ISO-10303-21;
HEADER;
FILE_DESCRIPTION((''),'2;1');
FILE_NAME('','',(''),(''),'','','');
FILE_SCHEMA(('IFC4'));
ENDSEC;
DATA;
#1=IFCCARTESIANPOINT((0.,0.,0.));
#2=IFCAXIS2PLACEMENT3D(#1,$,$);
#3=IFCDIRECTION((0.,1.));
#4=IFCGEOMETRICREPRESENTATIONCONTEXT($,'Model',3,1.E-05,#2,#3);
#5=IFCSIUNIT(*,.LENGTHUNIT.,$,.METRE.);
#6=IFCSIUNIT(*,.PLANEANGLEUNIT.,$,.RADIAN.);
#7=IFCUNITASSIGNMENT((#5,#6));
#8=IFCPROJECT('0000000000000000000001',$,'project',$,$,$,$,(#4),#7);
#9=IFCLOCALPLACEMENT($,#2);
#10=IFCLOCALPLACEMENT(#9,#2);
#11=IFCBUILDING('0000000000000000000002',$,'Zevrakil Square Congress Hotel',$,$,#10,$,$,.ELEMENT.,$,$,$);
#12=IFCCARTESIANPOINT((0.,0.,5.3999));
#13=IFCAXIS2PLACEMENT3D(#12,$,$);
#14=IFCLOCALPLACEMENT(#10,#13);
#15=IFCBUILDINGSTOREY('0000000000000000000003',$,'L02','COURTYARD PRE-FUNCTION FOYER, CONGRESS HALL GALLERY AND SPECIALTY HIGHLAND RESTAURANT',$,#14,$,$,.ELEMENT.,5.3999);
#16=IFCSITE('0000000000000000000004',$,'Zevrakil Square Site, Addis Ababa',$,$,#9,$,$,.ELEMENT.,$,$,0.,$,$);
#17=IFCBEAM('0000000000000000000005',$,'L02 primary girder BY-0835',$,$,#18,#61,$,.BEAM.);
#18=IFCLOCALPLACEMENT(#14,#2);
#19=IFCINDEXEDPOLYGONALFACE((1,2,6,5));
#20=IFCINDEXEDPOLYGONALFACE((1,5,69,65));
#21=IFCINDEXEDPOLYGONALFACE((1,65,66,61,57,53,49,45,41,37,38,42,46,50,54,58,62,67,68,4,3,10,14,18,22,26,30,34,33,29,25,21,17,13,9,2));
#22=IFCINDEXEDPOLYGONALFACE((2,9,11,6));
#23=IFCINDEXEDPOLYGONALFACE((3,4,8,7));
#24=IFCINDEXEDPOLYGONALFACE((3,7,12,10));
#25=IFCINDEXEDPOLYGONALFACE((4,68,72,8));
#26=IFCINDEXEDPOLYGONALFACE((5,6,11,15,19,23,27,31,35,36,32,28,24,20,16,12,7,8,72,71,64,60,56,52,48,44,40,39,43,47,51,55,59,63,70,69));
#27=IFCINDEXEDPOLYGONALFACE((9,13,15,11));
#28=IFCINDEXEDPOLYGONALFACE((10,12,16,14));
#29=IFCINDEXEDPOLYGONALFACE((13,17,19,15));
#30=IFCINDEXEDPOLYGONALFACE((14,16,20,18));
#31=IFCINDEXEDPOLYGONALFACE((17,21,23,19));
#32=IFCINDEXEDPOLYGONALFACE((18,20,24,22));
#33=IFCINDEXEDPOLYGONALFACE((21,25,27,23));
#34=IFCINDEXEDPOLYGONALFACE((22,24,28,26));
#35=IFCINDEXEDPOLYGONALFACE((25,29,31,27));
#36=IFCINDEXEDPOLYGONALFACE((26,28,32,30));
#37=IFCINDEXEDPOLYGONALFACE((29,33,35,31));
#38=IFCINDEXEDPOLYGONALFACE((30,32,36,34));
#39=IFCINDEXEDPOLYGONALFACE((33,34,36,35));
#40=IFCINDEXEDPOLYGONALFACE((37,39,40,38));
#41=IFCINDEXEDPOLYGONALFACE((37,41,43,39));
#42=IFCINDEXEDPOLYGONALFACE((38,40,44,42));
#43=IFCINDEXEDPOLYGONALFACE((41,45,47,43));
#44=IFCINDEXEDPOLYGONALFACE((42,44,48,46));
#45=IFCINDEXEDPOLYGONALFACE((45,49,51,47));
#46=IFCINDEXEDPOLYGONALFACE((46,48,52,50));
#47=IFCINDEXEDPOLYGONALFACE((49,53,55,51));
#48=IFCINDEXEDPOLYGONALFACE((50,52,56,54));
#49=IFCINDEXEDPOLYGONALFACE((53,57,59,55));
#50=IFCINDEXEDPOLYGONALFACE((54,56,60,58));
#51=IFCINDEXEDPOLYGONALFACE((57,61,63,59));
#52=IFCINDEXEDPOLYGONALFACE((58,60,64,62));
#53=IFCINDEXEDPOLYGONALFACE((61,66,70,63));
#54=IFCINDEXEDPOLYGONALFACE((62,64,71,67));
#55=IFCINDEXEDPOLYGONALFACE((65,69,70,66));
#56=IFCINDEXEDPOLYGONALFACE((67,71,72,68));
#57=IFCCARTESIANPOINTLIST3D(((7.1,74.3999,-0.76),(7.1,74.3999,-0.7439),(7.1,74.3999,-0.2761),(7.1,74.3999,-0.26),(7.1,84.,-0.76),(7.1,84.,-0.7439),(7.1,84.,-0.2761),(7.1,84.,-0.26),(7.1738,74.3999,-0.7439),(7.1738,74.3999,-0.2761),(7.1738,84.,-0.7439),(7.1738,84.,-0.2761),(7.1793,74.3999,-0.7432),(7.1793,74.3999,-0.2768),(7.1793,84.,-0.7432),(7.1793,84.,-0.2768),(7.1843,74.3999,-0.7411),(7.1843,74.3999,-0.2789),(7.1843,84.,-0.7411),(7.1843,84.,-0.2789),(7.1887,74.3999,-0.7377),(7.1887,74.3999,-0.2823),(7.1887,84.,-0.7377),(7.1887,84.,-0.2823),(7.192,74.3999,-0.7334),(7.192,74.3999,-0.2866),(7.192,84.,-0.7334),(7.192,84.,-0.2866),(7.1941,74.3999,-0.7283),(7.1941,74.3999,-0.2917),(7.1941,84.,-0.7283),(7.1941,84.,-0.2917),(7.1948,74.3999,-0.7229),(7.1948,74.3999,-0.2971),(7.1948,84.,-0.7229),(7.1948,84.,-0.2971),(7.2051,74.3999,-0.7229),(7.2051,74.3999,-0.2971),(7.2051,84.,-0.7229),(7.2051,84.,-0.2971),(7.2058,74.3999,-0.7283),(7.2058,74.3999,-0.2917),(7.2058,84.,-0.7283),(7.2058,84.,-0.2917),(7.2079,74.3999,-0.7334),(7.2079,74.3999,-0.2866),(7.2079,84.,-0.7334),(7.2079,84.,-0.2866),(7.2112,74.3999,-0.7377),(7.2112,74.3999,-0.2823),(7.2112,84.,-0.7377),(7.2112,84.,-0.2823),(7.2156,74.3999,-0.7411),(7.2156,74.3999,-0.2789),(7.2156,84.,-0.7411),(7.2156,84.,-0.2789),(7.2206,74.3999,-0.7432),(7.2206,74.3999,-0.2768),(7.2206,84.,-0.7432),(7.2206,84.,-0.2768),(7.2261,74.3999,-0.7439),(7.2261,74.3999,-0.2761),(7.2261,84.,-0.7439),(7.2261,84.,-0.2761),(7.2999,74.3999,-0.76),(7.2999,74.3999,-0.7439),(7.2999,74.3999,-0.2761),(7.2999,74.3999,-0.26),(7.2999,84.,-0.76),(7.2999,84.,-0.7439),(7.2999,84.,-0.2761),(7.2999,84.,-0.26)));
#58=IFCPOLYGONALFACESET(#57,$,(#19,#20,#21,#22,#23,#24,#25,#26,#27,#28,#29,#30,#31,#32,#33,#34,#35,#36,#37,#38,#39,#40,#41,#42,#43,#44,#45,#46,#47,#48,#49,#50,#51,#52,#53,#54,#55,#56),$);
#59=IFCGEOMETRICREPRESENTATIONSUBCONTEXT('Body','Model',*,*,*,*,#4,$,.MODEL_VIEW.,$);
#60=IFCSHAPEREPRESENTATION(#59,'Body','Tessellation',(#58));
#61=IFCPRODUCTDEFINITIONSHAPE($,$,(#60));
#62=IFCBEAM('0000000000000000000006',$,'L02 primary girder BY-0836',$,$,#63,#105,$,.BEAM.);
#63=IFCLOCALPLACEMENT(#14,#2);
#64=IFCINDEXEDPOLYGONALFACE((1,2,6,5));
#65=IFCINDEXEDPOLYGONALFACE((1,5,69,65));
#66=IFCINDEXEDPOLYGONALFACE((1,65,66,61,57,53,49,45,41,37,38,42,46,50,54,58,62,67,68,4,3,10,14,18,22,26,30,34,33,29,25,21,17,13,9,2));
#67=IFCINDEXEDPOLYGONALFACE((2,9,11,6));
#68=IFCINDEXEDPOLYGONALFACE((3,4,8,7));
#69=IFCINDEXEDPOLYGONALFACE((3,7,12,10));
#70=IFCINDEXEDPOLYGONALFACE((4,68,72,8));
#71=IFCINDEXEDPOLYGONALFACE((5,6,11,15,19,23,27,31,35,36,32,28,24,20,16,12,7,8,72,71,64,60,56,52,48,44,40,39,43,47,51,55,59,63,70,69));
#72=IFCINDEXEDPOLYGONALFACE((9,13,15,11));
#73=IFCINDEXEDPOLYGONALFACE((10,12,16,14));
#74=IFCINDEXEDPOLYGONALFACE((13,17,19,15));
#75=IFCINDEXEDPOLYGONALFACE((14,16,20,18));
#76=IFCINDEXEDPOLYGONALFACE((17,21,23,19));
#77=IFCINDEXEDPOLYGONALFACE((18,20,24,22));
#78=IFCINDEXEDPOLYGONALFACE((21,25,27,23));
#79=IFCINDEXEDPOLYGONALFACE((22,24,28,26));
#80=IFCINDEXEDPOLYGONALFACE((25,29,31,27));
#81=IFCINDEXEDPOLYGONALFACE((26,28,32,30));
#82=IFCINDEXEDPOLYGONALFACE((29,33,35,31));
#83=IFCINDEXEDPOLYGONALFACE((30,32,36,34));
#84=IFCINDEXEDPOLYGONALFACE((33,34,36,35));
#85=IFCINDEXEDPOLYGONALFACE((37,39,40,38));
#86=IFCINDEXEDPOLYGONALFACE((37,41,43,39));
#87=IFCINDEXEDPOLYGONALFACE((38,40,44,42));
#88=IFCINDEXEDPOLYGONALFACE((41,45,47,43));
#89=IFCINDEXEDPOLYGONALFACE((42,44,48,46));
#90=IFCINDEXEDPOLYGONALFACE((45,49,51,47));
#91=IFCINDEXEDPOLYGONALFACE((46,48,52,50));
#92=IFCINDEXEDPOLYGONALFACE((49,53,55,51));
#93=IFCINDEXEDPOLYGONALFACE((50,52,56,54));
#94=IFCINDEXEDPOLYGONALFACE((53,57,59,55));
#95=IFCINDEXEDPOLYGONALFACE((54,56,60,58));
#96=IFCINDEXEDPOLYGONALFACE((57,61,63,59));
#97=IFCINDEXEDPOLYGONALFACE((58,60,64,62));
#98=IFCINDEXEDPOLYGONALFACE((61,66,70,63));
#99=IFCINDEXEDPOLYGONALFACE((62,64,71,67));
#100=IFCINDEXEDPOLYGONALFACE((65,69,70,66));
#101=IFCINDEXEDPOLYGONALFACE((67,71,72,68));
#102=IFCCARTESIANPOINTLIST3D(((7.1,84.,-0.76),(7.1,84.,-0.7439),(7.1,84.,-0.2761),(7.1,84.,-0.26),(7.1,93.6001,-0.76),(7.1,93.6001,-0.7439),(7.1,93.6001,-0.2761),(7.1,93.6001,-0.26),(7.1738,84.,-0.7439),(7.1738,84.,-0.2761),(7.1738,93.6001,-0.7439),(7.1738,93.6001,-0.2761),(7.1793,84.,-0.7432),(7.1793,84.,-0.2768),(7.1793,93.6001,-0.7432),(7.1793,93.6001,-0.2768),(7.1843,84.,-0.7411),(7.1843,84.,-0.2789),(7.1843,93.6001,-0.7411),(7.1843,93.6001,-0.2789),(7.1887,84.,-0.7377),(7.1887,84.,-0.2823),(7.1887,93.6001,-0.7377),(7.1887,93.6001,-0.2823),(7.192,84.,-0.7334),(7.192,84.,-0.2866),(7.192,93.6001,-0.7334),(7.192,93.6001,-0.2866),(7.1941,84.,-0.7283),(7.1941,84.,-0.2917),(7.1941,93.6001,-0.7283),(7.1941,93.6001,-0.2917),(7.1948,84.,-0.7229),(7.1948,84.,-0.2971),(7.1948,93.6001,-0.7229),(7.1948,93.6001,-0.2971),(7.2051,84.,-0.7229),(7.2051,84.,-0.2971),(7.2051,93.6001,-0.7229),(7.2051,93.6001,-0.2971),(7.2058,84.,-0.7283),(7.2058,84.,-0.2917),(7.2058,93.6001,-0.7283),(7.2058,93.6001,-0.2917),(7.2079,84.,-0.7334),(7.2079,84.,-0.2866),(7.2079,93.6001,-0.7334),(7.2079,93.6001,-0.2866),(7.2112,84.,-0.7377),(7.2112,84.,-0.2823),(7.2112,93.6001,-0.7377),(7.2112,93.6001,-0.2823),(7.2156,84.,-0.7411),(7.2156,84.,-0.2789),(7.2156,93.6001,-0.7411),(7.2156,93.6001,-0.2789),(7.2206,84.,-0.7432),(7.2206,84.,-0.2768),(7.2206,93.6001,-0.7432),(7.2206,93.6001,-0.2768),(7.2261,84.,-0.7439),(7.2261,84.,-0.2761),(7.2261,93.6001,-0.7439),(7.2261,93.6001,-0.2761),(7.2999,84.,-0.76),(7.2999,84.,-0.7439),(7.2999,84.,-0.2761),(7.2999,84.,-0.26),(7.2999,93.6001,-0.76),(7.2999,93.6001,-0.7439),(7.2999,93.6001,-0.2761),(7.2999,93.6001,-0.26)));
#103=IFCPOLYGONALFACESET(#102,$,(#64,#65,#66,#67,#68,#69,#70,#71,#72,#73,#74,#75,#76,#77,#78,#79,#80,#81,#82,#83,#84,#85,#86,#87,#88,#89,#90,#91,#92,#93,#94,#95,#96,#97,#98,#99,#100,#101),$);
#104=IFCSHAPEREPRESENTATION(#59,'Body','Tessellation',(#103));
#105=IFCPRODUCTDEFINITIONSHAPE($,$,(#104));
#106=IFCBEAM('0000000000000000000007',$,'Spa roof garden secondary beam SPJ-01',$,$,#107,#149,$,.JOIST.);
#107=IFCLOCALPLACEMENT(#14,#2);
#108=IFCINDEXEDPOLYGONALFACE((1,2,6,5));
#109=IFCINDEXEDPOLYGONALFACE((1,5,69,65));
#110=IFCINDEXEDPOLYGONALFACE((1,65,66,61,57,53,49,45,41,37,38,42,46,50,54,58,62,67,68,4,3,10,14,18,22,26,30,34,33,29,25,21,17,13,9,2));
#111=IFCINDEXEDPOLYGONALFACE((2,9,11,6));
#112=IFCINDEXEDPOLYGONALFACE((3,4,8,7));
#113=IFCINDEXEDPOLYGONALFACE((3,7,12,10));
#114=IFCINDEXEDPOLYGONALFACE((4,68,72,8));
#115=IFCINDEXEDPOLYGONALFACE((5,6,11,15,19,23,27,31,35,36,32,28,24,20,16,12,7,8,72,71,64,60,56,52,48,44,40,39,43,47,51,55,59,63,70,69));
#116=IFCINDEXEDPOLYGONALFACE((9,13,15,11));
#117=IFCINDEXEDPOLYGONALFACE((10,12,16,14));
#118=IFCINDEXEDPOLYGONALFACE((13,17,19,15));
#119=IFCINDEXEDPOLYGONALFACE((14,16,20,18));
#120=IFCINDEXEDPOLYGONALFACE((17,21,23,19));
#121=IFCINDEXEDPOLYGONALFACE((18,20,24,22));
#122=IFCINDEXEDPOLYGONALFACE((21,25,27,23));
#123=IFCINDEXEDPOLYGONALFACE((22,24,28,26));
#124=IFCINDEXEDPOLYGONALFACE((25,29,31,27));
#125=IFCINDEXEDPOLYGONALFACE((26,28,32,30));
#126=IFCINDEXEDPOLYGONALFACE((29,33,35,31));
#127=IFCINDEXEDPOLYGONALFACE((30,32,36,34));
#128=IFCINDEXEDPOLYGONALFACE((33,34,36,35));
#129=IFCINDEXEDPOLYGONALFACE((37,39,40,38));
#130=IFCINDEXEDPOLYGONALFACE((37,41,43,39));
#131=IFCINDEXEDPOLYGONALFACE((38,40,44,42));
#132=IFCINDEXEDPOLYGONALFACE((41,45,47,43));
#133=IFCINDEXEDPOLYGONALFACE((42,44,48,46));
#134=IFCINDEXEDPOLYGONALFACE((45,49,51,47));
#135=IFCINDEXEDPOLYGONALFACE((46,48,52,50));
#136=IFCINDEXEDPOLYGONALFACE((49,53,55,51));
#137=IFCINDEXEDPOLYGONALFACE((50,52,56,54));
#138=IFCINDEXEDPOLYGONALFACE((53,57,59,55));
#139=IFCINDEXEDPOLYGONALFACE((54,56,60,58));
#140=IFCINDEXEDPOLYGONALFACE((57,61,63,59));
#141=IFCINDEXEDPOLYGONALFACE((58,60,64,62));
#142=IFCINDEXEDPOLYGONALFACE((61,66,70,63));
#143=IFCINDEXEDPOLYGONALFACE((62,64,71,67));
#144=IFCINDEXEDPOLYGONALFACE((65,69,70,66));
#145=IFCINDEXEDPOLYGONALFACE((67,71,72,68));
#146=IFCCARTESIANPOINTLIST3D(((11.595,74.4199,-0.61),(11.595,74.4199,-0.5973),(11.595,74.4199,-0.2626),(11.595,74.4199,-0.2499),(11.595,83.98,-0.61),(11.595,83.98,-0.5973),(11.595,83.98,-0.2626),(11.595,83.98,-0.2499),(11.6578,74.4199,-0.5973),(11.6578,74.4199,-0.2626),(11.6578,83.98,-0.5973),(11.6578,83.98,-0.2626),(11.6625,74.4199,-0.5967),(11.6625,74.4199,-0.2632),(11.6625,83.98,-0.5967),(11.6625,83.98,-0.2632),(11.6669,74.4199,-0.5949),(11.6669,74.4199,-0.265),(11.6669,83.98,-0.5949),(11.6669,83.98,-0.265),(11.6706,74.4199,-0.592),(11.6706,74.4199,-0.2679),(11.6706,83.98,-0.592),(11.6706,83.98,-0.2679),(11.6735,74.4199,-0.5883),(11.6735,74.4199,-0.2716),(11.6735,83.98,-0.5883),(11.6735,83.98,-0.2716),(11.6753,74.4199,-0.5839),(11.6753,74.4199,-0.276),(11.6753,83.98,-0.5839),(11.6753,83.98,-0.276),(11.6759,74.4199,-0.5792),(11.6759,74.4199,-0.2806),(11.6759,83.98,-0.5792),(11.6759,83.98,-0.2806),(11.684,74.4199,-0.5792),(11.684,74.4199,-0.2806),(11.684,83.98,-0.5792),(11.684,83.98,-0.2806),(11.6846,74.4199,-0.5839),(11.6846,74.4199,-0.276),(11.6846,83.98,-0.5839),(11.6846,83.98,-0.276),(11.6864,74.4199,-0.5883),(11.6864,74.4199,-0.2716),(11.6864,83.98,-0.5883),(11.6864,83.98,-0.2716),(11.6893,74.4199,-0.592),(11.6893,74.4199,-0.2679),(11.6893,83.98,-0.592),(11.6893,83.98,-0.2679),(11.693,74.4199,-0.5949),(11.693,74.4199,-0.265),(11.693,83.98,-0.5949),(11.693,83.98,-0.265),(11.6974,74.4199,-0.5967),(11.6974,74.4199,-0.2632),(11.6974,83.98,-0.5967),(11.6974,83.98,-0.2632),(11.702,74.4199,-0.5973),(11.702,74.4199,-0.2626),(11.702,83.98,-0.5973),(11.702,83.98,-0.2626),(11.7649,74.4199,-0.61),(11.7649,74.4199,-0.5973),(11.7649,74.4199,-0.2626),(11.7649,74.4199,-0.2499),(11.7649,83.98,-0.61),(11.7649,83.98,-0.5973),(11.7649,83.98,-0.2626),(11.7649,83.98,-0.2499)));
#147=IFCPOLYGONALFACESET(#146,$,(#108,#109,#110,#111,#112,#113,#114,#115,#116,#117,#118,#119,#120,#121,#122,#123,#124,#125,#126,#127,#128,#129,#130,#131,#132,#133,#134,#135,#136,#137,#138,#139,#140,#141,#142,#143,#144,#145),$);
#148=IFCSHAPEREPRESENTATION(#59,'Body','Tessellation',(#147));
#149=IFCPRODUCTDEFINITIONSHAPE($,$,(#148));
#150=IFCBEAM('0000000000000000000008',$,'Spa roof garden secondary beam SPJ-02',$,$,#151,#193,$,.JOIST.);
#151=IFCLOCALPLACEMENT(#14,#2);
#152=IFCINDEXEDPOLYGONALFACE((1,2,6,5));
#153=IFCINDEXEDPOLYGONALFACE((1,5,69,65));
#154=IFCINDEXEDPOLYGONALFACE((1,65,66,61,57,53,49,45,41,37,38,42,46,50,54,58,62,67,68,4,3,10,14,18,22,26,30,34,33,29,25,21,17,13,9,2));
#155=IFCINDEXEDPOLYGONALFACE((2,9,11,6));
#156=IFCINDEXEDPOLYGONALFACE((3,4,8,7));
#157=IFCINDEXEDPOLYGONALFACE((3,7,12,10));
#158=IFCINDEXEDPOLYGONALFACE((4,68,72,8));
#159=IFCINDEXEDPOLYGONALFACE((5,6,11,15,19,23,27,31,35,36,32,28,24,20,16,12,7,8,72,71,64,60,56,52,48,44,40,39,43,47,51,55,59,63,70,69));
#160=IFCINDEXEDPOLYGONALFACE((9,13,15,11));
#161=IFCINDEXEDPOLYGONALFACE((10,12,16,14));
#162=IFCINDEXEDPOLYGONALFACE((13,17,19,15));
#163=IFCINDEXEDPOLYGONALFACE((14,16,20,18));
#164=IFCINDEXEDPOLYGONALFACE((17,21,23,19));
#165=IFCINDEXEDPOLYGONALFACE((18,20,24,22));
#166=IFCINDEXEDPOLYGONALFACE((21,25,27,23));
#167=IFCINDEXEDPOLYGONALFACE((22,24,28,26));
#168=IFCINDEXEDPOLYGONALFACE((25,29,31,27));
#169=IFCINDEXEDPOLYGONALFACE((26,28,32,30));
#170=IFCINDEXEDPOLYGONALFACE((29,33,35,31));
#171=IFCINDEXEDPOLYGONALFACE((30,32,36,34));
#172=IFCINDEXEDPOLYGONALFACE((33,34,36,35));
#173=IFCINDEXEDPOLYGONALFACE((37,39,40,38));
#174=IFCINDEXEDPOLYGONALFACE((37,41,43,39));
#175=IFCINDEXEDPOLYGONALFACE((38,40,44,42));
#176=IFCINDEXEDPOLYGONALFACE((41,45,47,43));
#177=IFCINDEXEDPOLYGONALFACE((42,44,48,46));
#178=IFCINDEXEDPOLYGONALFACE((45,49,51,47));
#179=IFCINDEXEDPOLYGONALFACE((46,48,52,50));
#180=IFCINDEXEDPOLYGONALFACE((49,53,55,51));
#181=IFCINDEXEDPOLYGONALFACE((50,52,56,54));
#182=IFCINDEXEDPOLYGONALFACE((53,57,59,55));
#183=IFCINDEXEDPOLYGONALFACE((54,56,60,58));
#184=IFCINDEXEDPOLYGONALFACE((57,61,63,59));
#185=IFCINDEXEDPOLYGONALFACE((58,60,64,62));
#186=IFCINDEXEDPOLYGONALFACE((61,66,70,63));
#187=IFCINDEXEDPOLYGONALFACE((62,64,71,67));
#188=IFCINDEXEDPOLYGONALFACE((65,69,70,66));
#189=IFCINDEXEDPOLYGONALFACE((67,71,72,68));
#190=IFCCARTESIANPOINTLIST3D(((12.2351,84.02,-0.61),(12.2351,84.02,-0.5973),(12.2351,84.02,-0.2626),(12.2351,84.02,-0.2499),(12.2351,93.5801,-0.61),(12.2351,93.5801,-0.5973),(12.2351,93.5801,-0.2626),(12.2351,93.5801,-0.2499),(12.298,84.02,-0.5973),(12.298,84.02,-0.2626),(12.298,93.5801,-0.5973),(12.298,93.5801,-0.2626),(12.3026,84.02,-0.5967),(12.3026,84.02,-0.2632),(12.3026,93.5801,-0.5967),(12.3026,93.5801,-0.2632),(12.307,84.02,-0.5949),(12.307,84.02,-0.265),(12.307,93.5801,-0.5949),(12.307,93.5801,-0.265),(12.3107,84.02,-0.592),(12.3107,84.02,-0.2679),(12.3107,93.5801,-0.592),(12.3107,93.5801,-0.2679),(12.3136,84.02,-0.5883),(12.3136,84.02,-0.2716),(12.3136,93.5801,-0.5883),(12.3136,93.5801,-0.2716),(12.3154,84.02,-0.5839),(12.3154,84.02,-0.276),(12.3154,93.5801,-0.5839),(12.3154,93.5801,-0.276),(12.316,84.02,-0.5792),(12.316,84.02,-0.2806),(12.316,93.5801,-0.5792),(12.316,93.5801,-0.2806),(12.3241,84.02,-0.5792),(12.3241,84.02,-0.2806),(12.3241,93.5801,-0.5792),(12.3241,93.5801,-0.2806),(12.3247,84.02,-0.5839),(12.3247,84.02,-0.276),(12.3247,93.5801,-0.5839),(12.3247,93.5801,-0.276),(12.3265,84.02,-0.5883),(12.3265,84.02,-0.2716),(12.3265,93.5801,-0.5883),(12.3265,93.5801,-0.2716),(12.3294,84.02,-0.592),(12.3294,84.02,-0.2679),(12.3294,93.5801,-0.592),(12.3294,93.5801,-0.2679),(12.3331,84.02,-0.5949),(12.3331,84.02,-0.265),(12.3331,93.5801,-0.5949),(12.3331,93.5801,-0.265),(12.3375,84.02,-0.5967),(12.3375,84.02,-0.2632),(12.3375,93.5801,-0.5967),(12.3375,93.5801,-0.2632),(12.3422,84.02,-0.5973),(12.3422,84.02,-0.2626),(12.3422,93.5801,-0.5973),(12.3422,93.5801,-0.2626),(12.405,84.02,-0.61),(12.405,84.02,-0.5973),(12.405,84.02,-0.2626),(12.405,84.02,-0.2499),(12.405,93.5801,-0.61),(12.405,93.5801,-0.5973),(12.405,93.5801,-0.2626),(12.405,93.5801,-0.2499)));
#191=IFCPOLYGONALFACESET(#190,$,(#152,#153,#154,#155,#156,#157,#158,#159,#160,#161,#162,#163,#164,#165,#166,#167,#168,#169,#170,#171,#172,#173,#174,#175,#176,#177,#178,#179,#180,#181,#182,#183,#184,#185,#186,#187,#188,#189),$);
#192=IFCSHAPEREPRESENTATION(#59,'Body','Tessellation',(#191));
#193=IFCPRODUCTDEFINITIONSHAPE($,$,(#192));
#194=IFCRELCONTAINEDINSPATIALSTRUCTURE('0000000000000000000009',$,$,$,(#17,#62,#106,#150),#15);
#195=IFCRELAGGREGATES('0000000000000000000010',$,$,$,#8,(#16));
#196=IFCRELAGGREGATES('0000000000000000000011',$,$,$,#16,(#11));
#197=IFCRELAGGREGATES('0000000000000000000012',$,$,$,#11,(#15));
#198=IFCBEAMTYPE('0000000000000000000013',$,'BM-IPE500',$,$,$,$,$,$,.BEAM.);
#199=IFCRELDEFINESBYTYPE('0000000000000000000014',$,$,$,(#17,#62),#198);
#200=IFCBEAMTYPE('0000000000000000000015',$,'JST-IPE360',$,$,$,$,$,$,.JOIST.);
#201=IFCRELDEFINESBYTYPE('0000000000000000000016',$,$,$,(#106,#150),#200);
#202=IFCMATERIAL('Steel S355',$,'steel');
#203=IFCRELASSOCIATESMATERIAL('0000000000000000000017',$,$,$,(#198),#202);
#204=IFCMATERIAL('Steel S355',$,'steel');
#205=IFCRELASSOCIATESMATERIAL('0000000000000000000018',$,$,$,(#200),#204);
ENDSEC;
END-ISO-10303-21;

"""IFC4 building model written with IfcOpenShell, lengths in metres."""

from ifc_helpers import new_model, si_unit, direction, frame, origin, origin_2d, place, context, subcontext, project, spatial, i_section, extrude, material, material_profile, profile_set, type_object, element, save


model = new_model("IFC4")

# Units and contexts
model_context = context("Model", 3, precision=1e-05, world=origin(), true_north=direction((0.0, 1.0)))
body_context = subcontext(model_context, "Body", "Model", "MODEL_VIEW")
ifc_project = project(units=[si_unit("LENGTHUNIT", "METRE"), si_unit("PLANEANGLEUNIT", "RADIAN")], contexts=[model_context])

# Site, building, storey
site_placement = place(None, origin())
site = spatial("IfcSite", under=ifc_project, at=site_placement, Name="Zevrakil Square Site, Addis Ababa", CompositionType="ELEMENT", RefElevation=0.0)
building_placement = place(site_placement, origin())
building = spatial("IfcBuilding", under=site, at=building_placement, Name="Zevrakil Square Congress Hotel", CompositionType="ELEMENT")
storey_placement = place(building_placement, frame((0.0, 0.0, 5.3999)))
storey = spatial("IfcBuildingStorey", under=building, at=storey_placement, Name="L02", Description="COURTYARD PRE-FUNCTION FOYER, CONGRESS HALL GALLERY AND SPECIALTY HIGHLAND RESTAURANT", CompositionType="ELEMENT", Elevation=5.3999)

# Beams
ifc_material_1 = material(Name="Steel S355", Category="steel")
ifc_material_profile_1 = material_profile(ifc_material_1, i_section(OverallWidth=0.2, OverallDepth=0.5, WebThickness=0.0103, FlangeThickness=0.0161, FilletRadius=0.021, at=origin_2d()), Name="IPE 500")
ifc_profile_set_1 = profile_set([ifc_material_profile_1], Name="Steel S355")
beam_type_1 = type_object("IfcBeamType", Name="BM-IPE500", PredefinedType="BEAM", material=ifc_profile_set_1)
for number, where, z_axis, x_axis, name in (
    (1, (7.2, 74.3999, -0.51), (0.0, 1.0, 0.0), (-1.0, 0.0, 0.0), "L02 primary girder BY-0835"),
    (2, (7.2, 84.0, -0.51), (0.0, 1.0, 0.0), (-1.0, 0.0, 0.0), "L02 primary girder BY-0836"),
):
    element("IfcBeam", number, at=place(storey_placement, frame(where, z_axis=z_axis, x_axis=x_axis)), inside=storey, type_object=beam_type_1, Name=name, PredefinedType="BEAM", context=body_context, shape_type="SweptSolid", body=[
        extrude(i_section(OverallWidth=0.2, OverallDepth=0.5, WebThickness=0.0103, FlangeThickness=0.0161, FilletRadius=0.021, at=origin_2d()), origin(), (0.0, 0.0, 1.0), 9.6001),
    ])
ifc_material_2 = material(Name="Steel S355", Category="steel")
ifc_material_profile_2 = material_profile(ifc_material_2, i_section(OverallWidth=0.1699, OverallDepth=0.3601, WebThickness=0.0081, FlangeThickness=0.0127, FilletRadius=0.0181, at=origin_2d()), Name="IPE 360")
ifc_profile_set_2 = profile_set([ifc_material_profile_2], Name="Steel S355")
beam_type_2 = type_object("IfcBeamType", Name="JST-IPE360", PredefinedType="JOIST", material=ifc_profile_set_2)
for number, where, z_axis, x_axis, name in (
    (3, (11.6799, 74.4199, -0.4299), (0.0, 1.0, 0.0), (-1.0, 0.0, 0.0), "Spa roof garden secondary beam SPJ-01"),
    (4, (12.3201, 84.02, -0.4299), (0.0, 1.0, 0.0), (-1.0, 0.0, 0.0), "Spa roof garden secondary beam SPJ-02"),
):
    element("IfcBeam", number, at=place(storey_placement, frame(where, z_axis=z_axis, x_axis=x_axis)), inside=storey, type_object=beam_type_2, Name=name, PredefinedType="JOIST", context=body_context, shape_type="SweptSolid", body=[
        extrude(i_section(OverallWidth=0.1699, OverallDepth=0.3601, WebThickness=0.0081, FlangeThickness=0.0127, FilletRadius=0.0181, at=origin_2d()), origin(), (0.0, 0.0, 1.0), 9.5601),
    ])

save(model, "model.ifc")
